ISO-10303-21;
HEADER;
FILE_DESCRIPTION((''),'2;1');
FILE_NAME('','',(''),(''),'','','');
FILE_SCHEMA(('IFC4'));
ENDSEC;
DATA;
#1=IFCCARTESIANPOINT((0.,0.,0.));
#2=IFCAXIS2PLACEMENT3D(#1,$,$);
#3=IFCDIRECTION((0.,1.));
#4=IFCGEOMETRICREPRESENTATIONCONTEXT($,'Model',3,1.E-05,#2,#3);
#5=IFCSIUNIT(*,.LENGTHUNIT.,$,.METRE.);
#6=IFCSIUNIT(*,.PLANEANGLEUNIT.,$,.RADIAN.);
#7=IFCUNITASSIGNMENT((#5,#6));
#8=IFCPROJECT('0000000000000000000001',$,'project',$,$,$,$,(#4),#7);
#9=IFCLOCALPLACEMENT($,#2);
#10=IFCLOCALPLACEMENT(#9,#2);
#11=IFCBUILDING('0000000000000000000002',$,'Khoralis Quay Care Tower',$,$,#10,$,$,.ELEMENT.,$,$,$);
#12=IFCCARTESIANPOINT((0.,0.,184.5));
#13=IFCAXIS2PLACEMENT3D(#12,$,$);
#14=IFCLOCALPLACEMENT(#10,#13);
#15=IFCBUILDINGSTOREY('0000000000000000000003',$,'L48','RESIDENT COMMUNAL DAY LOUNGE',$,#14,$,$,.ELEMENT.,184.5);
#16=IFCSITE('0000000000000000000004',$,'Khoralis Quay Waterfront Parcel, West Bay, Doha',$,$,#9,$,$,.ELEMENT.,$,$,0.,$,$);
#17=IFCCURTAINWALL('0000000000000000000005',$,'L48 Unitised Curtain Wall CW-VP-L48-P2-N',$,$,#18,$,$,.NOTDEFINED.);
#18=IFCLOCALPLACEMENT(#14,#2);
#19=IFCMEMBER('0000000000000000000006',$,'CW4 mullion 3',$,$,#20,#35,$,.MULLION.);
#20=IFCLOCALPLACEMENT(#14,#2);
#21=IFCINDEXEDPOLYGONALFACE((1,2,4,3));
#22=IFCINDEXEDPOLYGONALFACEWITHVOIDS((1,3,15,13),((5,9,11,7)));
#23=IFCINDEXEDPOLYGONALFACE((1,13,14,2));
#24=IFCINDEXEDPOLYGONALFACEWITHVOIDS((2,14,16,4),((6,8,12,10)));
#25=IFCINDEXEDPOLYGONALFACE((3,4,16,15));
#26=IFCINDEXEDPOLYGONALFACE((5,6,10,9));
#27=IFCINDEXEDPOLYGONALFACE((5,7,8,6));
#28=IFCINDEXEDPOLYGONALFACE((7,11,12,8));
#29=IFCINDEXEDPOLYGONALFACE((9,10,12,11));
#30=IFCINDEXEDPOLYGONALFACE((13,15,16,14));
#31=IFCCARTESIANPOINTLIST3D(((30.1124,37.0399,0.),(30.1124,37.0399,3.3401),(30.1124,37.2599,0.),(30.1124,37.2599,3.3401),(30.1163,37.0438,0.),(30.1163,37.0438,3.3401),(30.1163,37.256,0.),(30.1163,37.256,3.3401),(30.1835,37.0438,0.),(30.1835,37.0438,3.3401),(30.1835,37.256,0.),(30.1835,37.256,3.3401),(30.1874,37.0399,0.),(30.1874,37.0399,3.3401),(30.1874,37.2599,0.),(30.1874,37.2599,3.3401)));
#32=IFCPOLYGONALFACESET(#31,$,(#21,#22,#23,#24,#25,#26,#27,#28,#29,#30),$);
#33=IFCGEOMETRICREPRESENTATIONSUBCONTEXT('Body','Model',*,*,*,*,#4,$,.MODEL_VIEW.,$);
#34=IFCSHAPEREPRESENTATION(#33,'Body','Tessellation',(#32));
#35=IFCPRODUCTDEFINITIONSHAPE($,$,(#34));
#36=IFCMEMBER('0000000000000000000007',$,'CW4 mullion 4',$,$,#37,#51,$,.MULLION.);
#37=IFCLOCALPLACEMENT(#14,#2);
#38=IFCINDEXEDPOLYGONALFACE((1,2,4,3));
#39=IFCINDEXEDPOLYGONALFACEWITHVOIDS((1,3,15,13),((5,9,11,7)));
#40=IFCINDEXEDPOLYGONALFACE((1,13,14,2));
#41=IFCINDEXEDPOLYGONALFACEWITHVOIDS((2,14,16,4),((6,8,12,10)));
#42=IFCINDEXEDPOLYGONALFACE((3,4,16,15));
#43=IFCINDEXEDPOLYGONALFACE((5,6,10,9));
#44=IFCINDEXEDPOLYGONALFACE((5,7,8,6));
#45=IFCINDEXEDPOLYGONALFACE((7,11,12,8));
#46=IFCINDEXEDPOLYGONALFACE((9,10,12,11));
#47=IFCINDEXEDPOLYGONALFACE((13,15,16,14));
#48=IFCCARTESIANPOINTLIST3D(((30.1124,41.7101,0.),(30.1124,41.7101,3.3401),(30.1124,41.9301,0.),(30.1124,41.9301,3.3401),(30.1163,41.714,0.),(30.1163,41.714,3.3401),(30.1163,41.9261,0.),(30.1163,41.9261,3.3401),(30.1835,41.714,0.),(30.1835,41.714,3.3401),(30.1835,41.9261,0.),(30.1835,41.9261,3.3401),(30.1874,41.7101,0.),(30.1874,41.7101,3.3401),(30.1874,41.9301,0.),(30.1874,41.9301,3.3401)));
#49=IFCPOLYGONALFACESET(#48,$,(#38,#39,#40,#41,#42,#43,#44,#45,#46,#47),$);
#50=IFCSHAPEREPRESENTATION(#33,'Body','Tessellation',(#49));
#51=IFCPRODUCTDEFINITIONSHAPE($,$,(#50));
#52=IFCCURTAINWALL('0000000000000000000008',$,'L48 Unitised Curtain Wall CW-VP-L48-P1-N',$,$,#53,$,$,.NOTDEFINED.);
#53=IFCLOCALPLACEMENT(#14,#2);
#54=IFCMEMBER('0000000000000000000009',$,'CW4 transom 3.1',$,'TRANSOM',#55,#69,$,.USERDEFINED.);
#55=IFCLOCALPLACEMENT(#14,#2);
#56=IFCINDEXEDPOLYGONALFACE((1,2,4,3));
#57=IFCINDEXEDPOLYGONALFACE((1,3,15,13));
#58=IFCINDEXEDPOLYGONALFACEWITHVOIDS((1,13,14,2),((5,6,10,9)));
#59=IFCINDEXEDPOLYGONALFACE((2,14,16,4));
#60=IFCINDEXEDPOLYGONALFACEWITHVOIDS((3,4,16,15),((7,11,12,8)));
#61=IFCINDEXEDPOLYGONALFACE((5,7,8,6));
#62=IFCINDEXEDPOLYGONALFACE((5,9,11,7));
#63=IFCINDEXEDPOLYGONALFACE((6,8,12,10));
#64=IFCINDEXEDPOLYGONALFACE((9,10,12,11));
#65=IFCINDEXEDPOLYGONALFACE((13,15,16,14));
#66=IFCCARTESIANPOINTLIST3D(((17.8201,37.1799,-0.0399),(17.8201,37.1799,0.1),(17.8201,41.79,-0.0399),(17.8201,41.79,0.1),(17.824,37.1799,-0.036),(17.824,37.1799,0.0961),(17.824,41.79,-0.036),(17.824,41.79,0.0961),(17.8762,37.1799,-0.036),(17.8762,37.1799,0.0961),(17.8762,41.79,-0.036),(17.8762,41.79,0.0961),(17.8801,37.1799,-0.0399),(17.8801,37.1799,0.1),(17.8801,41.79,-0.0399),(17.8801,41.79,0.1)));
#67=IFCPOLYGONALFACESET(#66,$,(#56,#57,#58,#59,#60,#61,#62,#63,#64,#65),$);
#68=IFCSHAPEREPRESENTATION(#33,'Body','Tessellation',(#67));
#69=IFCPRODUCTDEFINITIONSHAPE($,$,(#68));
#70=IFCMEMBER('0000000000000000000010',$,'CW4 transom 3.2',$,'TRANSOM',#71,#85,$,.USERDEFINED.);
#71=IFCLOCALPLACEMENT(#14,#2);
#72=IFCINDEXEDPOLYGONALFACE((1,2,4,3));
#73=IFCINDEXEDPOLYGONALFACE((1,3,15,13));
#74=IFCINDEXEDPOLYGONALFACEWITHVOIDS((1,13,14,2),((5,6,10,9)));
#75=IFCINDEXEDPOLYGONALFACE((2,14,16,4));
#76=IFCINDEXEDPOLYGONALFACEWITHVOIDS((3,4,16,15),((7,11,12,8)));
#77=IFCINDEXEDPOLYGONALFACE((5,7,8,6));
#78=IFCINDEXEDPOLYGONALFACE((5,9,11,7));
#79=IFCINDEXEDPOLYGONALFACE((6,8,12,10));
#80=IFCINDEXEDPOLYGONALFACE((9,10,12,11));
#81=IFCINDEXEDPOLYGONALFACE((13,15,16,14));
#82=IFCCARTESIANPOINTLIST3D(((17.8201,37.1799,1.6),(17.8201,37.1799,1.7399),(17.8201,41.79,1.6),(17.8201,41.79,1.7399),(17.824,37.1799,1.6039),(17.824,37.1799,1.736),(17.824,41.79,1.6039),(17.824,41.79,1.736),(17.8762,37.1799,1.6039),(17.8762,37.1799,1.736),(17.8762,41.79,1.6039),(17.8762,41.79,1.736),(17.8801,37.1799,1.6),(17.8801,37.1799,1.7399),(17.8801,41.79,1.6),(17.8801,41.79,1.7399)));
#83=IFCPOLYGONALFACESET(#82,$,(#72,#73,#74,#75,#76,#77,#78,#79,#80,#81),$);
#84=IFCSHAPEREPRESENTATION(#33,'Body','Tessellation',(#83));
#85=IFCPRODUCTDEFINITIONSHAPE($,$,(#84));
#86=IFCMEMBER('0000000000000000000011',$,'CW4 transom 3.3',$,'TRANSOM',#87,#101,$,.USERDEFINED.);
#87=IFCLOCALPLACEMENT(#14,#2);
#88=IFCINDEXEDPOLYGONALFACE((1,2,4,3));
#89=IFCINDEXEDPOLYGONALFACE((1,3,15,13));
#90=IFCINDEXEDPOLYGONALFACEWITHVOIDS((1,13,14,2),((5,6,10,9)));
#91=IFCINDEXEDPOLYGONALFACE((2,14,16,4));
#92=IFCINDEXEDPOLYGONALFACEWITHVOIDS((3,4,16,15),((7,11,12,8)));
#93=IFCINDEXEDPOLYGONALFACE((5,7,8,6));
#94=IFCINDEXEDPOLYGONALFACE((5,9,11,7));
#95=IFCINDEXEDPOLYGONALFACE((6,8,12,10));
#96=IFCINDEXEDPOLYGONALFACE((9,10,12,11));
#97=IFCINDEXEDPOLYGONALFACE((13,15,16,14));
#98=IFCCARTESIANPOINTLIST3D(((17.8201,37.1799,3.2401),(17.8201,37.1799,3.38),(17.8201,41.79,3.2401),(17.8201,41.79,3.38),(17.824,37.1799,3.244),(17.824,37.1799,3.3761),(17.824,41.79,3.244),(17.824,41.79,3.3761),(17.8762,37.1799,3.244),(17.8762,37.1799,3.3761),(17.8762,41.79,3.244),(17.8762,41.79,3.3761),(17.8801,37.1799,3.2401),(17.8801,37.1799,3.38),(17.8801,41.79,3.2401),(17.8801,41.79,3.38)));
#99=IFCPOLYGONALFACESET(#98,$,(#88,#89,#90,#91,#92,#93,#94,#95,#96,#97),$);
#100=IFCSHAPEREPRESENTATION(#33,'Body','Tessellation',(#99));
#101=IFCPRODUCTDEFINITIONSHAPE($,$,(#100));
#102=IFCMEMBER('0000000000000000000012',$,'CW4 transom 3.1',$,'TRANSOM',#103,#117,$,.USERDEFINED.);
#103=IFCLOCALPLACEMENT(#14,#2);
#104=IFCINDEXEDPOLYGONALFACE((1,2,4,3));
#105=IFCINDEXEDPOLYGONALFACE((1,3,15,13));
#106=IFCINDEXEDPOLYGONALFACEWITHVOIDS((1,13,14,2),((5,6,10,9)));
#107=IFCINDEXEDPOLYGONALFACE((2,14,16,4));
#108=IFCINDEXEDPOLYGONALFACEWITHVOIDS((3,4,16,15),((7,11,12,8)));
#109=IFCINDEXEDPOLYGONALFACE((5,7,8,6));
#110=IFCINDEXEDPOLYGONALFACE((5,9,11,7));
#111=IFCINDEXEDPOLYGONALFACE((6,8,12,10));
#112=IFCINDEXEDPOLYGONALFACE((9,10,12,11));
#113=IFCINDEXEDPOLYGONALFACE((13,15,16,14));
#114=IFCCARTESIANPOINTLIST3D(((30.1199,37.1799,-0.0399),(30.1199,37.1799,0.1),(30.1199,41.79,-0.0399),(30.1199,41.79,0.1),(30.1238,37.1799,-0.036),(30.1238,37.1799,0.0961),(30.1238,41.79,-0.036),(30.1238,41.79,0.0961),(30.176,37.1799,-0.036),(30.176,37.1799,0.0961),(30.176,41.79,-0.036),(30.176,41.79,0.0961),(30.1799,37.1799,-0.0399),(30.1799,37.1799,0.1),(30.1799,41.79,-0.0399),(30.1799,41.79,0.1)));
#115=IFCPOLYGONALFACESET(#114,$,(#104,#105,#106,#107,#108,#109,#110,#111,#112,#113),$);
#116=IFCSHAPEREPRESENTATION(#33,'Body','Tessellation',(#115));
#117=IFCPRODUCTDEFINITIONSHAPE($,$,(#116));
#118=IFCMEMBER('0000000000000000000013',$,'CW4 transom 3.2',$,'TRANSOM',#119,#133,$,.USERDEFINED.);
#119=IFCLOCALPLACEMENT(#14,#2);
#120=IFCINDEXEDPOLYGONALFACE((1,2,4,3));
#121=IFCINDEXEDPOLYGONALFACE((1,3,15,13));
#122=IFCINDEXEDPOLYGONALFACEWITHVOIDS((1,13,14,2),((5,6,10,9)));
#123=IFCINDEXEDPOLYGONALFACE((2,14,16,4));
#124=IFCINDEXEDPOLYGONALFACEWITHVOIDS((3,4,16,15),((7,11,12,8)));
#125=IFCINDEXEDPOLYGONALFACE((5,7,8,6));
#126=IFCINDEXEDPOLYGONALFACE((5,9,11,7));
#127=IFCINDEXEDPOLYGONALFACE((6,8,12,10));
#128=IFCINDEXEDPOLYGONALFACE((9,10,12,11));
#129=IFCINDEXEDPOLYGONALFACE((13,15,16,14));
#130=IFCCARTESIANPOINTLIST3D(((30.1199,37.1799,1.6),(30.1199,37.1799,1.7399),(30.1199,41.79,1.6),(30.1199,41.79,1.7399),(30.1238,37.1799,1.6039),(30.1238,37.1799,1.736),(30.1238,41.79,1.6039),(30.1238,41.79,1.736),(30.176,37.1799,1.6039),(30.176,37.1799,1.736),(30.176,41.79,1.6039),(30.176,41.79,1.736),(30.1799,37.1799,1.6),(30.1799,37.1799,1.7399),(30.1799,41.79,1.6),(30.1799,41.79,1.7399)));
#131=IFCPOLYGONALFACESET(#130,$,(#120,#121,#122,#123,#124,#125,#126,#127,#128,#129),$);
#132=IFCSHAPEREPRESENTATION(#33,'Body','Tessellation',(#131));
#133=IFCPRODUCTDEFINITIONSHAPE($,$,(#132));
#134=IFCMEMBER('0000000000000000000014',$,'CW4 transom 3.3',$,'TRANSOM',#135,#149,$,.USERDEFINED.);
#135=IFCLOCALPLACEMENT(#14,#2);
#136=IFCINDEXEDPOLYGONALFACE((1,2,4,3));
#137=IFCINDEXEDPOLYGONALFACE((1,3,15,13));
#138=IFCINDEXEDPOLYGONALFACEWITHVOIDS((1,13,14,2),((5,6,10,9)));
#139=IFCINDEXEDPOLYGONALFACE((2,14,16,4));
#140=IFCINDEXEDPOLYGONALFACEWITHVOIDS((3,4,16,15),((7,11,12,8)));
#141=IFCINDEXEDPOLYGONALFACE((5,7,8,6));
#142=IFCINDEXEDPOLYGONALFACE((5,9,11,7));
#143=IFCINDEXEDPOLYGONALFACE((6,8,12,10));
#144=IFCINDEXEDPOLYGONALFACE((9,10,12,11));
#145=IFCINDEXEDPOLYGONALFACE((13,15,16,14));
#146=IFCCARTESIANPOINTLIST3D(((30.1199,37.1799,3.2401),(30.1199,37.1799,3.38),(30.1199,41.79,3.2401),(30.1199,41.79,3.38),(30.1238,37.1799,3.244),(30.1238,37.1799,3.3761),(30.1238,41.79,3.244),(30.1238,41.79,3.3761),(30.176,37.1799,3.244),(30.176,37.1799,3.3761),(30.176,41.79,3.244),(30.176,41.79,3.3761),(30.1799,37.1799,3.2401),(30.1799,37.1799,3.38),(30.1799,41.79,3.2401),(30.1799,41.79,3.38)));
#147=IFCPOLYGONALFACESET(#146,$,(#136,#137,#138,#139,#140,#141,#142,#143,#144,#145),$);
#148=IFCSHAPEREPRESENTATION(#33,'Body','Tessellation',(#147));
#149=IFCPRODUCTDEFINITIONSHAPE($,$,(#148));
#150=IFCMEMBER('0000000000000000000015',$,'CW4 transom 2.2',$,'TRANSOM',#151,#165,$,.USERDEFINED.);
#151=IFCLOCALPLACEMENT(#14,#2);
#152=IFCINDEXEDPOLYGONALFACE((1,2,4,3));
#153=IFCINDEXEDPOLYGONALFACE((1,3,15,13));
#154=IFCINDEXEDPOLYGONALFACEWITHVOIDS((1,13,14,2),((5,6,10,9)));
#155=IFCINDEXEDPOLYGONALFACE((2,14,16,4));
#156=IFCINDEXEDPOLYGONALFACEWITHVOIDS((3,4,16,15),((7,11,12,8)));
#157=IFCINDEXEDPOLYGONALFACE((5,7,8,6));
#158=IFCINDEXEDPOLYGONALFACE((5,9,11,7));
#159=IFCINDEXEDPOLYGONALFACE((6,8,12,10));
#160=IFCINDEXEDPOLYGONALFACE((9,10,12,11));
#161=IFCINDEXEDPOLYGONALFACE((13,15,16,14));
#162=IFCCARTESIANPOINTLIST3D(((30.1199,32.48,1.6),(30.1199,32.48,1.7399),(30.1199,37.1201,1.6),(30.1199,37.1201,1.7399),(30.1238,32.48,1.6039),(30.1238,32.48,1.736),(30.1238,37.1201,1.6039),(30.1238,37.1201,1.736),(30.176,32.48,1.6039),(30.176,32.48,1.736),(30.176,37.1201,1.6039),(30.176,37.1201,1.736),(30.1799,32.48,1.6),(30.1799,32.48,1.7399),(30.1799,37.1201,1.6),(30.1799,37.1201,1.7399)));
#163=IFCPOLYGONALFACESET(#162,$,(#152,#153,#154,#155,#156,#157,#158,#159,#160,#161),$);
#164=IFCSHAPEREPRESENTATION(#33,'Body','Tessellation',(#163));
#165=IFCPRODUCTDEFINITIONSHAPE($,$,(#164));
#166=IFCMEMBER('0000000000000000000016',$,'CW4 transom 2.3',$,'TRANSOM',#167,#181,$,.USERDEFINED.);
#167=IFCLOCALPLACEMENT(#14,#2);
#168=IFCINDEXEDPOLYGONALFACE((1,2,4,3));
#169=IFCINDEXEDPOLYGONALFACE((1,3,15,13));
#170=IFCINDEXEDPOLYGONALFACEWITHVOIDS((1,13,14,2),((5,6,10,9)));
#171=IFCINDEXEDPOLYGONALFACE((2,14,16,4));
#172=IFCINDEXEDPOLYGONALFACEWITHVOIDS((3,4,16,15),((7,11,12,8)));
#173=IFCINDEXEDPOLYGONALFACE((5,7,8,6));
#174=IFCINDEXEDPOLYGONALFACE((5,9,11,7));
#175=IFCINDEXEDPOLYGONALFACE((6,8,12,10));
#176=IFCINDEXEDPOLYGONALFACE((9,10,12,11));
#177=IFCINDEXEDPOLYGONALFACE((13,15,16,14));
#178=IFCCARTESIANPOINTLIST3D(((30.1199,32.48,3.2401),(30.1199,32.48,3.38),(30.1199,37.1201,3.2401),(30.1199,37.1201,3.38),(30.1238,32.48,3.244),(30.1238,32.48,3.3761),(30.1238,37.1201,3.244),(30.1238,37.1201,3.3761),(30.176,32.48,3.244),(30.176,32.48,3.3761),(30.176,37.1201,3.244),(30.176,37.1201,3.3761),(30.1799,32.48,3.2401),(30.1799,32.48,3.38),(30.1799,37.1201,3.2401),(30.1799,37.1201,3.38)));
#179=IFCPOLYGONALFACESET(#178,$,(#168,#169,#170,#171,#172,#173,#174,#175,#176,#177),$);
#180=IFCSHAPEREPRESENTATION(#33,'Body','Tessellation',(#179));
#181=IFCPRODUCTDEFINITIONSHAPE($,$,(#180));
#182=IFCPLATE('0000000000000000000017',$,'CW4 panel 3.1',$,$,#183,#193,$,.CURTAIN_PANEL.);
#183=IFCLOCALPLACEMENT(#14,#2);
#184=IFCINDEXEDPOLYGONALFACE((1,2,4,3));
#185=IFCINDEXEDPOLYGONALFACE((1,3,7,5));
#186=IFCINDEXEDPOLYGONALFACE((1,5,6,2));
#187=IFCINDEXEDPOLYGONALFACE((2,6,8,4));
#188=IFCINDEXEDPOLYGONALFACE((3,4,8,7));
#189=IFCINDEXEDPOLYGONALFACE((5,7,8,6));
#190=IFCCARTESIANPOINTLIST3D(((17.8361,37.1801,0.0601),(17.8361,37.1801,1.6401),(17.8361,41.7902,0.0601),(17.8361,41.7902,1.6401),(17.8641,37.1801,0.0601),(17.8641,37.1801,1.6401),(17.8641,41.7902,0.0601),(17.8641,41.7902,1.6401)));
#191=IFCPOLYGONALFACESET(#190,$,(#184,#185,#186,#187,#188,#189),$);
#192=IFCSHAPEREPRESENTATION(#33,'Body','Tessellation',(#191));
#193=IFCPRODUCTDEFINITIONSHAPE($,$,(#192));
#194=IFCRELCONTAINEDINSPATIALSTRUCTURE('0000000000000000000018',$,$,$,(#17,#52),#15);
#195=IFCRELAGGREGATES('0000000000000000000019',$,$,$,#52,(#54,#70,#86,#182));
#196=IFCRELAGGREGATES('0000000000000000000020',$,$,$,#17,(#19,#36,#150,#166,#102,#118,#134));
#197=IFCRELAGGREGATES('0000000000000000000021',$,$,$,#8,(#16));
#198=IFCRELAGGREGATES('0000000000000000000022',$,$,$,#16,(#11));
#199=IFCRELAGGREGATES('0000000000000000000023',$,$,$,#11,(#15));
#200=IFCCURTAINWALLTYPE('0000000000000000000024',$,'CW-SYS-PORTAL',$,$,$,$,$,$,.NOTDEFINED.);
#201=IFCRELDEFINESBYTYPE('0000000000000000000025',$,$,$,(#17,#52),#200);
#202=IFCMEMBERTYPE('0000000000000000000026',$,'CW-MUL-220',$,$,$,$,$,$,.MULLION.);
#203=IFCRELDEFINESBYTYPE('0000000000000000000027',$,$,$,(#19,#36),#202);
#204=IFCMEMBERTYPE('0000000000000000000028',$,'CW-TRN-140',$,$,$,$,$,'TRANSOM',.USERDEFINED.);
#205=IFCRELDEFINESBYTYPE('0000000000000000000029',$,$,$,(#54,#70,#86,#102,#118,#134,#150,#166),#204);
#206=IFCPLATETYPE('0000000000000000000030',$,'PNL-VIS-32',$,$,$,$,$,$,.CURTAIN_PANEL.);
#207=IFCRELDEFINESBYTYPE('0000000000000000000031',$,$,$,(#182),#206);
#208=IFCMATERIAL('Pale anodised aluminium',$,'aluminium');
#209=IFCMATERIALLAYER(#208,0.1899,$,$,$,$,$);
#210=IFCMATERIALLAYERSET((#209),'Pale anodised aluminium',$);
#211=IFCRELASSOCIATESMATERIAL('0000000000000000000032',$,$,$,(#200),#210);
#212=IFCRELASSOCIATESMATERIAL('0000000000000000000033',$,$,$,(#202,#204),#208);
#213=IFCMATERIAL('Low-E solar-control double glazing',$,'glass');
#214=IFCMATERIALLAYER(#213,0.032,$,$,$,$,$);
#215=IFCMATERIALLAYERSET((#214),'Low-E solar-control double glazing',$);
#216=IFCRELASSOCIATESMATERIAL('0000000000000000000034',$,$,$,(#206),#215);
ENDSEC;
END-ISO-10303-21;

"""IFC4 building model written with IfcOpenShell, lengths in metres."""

from ifc_helpers import new_model, si_unit, direction, frame, origin, origin_2d, place, context, subcontext, project, spatial, rectangle, hollow_rectangle, extrude, source, transform, mapped, material, layer, layer_set, material_profile, profile_set, type_object, element, aggregate, save


model = new_model("IFC4")

# Units and contexts
model_context = context("Model", 3, precision=1e-05, world=origin(), true_north=direction((0.0, 1.0)))
body_context = subcontext(model_context, "Body", "Model", "MODEL_VIEW")
ifc_project = project(units=[si_unit("LENGTHUNIT", "METRE"), si_unit("PLANEANGLEUNIT", "RADIAN")], contexts=[model_context])

# Site, building, storey
site_placement = place(None, origin())
site = spatial("IfcSite", under=ifc_project, at=site_placement, Name="Khoralis Quay Waterfront Parcel, West Bay, Doha", CompositionType="ELEMENT", RefElevation=0.0)
building_placement = place(site_placement, origin())
building = spatial("IfcBuilding", under=site, at=building_placement, Name="Khoralis Quay Care Tower", CompositionType="ELEMENT")
storey_placement = place(building_placement, frame((0.0, 0.0, 184.5)))
storey = spatial("IfcBuildingStorey", under=building, at=storey_placement, Name="L48", Description="RESIDENT COMMUNAL DAY LOUNGE", CompositionType="ELEMENT", Elevation=184.5)

# Curtain walls, members
ifc_material_1 = material(Name="Pale anodised aluminium", Category="aluminium")
ifc_layer_1 = layer(ifc_material_1, 0.1899)
ifc_layer_set_1 = layer_set([ifc_layer_1], Name="Pale anodised aluminium")
curtain_wall_type = type_object("IfcCurtainWallType", Name="CW-SYS-PORTAL", PredefinedType="NOTDEFINED", material=ifc_layer_set_1)
curtain_wall_1_placement = place(storey_placement, origin())
curtain_wall_1 = element("IfcCurtainWall", 1, at=curtain_wall_1_placement, inside=storey, type_object=curtain_wall_type, Name="L48 Unitised Curtain Wall CW-VP-L48-P2-N", PredefinedType="NOTDEFINED")
ifc_material_profile_1 = material_profile(ifc_material_1, hollow_rectangle(XDim=0.075, YDim=0.22, WallThickness=0.0039, at=origin_2d()), Name="Pale anodised aluminium")
ifc_profile_set_1 = profile_set([ifc_material_profile_1], Name="Pale anodised aluminium")
member_type_1 = type_object("IfcMemberType", Name="CW-MUL-220", PredefinedType="MULLION", material=ifc_profile_set_1)
shared_shape_1 = source(origin(), body_context, "Body", "SweptSolid", [
    extrude(hollow_rectangle(XDim=0.075, YDim=0.22, WallThickness=0.0039, at=origin_2d()), origin(), (0.0, 0.0, 1.0), 3.3401),
])
member_1_placement = place(storey_placement, frame((30.1499, 37.1499, 0.0), z_axis=(0.0, 0.0, 1.0), x_axis=(-1.0, 0.0, 0.0)))
member_1 = element("IfcMember", 2, at=member_1_placement, type_object=member_type_1, Name="CW4 mullion 3", PredefinedType="MULLION", context=body_context, shape_type="MappedRepresentation", body=[
    mapped(shared_shape_1, transform((0.0, 0.0, 0.0), scale=1.0)),
])
member_2_placement = place(storey_placement, frame((30.1499, 41.8201, 0.0), z_axis=(0.0, 0.0, 1.0), x_axis=(-1.0, 0.0, 0.0)))
member_2 = element("IfcMember", 3, at=member_2_placement, type_object=member_type_1, Name="CW4 mullion 4", PredefinedType="MULLION", context=body_context, shape_type="MappedRepresentation", body=[
    mapped(shared_shape_1, transform((0.0, 0.0, 0.0), scale=1.0)),
])
curtain_wall_2_placement = place(storey_placement, origin())
curtain_wall_2 = element("IfcCurtainWall", 4, at=curtain_wall_2_placement, inside=storey, type_object=curtain_wall_type, Name="L48 Unitised Curtain Wall CW-VP-L48-P1-N", PredefinedType="NOTDEFINED")
ifc_material_profile_2 = material_profile(ifc_material_1, hollow_rectangle(XDim=0.0601, YDim=0.1399, WallThickness=0.0039, at=origin_2d()), Name="Pale anodised aluminium")
ifc_profile_set_2 = profile_set([ifc_material_profile_2], Name="Pale anodised aluminium")
member_type_2 = type_object("IfcMemberType", Name="CW-TRN-140", ElementType="TRANSOM", PredefinedType="USERDEFINED", material=ifc_profile_set_2)
shared_shape_2 = source(origin(), body_context, "Body", "SweptSolid", [
    extrude(hollow_rectangle(XDim=0.0601, YDim=0.1399, WallThickness=0.0039, at=origin_2d()), origin(), (0.0, 0.0, 1.0), 4.6101),
])
member_3_placement = place(storey_placement, frame((17.8501, 37.1799, 0.03), z_axis=(0.0, 1.0, 0.0), x_axis=(-1.0, 0.0, 0.0)))
member_3 = element("IfcMember", 5, at=member_3_placement, type_object=member_type_2, Name="CW4 transom 3.1", ObjectType="TRANSOM", PredefinedType="USERDEFINED", context=body_context, shape_type="MappedRepresentation", body=[
    mapped(shared_shape_2, transform((0.0, 0.0, 0.0), scale=1.0)),
])
member_4_placement = place(storey_placement, frame((17.8501, 37.1799, 1.6699), z_axis=(0.0, 1.0, 0.0), x_axis=(-1.0, 0.0, 0.0)))
member_4 = element("IfcMember", 6, at=member_4_placement, type_object=member_type_2, Name="CW4 transom 3.2", ObjectType="TRANSOM", PredefinedType="USERDEFINED", context=body_context, shape_type="MappedRepresentation", body=[
    mapped(shared_shape_2, transform((0.0, 0.0, 0.0), scale=1.0)),
])
member_5_placement = place(storey_placement, frame((17.8501, 37.1799, 3.3101), z_axis=(0.0, 1.0, 0.0), x_axis=(-1.0, 0.0, 0.0)))
member_5 = element("IfcMember", 7, at=member_5_placement, type_object=member_type_2, Name="CW4 transom 3.3", ObjectType="TRANSOM", PredefinedType="USERDEFINED", context=body_context, shape_type="MappedRepresentation", body=[
    mapped(shared_shape_2, transform((0.0, 0.0, 0.0), scale=1.0)),
])

# Members
member_6_placement = place(storey_placement, frame((30.1499, 37.1799, 0.03), z_axis=(0.0, 1.0, 0.0), x_axis=(-1.0, 0.0, 0.0)))
member_6 = element("IfcMember", 8, at=member_6_placement, type_object=member_type_2, Name="CW4 transom 3.1", ObjectType="TRANSOM", PredefinedType="USERDEFINED", context=body_context, shape_type="MappedRepresentation", body=[
    mapped(shared_shape_2, transform((0.0, 0.0, 0.0), scale=1.0)),
])
member_7_placement = place(storey_placement, frame((30.1499, 37.1799, 1.6699), z_axis=(0.0, 1.0, 0.0), x_axis=(-1.0, 0.0, 0.0)))
member_7 = element("IfcMember", 9, at=member_7_placement, type_object=member_type_2, Name="CW4 transom 3.2", ObjectType="TRANSOM", PredefinedType="USERDEFINED", context=body_context, shape_type="MappedRepresentation", body=[
    mapped(shared_shape_2, transform((0.0, 0.0, 0.0), scale=1.0)),
])
member_8_placement = place(storey_placement, frame((30.1499, 37.1799, 3.3101), z_axis=(0.0, 1.0, 0.0), x_axis=(-1.0, 0.0, 0.0)))
member_8 = element("IfcMember", 10, at=member_8_placement, type_object=member_type_2, Name="CW4 transom 3.3", ObjectType="TRANSOM", PredefinedType="USERDEFINED", context=body_context, shape_type="MappedRepresentation", body=[
    mapped(shared_shape_2, transform((0.0, 0.0, 0.0), scale=1.0)),
])
shared_shape_3 = source(origin(), body_context, "Body", "SweptSolid", [
    extrude(hollow_rectangle(XDim=0.0601, YDim=0.1399, WallThickness=0.0039, at=origin_2d()), origin(), (0.0, 0.0, 1.0), 4.6401),
])
member_9_placement = place(storey_placement, frame((30.1499, 32.48, 1.6699), z_axis=(0.0, 1.0, 0.0), x_axis=(-1.0, 0.0, 0.0)))
member_9 = element("IfcMember", 11, at=member_9_placement, type_object=member_type_2, Name="CW4 transom 2.2", ObjectType="TRANSOM", PredefinedType="USERDEFINED", context=body_context, shape_type="MappedRepresentation", body=[
    mapped(shared_shape_3, transform((0.0, 0.0, 0.0), scale=1.0)),
])
member_10_placement = place(storey_placement, frame((30.1499, 32.48, 3.3101), z_axis=(0.0, 1.0, 0.0), x_axis=(-1.0, 0.0, 0.0)))
member_10 = element("IfcMember", 12, at=member_10_placement, type_object=member_type_2, Name="CW4 transom 2.3", ObjectType="TRANSOM", PredefinedType="USERDEFINED", context=body_context, shape_type="MappedRepresentation", body=[
    mapped(shared_shape_3, transform((0.0, 0.0, 0.0), scale=1.0)),
])

# Plate
ifc_material_2 = material(Name="Low-E solar-control double glazing", Category="glass")
ifc_layer_2 = layer(ifc_material_2, 0.032)
ifc_layer_set_2 = layer_set([ifc_layer_2], Name="Low-E solar-control double glazing")
plate_type = type_object("IfcPlateType", Name="PNL-VIS-32", PredefinedType="CURTAIN_PANEL", material=ifc_layer_set_2)
shared_shape_4 = source(origin(), body_context, "Body", "SweptSolid", [
    extrude(rectangle(XDim=4.6101, YDim=0.0281, at=origin_2d()), origin(), (0.0, 0.0, 1.0), 1.5801),
])
plate_1_placement = place(storey_placement, frame((17.8501, 39.4851, 0.0601), z_axis=(0.0, 0.0, 1.0), x_axis=(0.0, 1.0, 0.0)))
plate_1 = element("IfcPlate", 13, at=plate_1_placement, type_object=plate_type, Name="CW4 panel 3.1", PredefinedType="CURTAIN_PANEL", context=body_context, shape_type="MappedRepresentation", body=[
    mapped(shared_shape_4, transform((0.0, 0.0, 0.0), scale=1.0)),
])
aggregate(curtain_wall_2, [member_3, member_4, member_5, plate_1])
aggregate(curtain_wall_1, [member_1, member_2, member_9, member_10, member_6, member_7, member_8])

save(model, "model.ifc")
